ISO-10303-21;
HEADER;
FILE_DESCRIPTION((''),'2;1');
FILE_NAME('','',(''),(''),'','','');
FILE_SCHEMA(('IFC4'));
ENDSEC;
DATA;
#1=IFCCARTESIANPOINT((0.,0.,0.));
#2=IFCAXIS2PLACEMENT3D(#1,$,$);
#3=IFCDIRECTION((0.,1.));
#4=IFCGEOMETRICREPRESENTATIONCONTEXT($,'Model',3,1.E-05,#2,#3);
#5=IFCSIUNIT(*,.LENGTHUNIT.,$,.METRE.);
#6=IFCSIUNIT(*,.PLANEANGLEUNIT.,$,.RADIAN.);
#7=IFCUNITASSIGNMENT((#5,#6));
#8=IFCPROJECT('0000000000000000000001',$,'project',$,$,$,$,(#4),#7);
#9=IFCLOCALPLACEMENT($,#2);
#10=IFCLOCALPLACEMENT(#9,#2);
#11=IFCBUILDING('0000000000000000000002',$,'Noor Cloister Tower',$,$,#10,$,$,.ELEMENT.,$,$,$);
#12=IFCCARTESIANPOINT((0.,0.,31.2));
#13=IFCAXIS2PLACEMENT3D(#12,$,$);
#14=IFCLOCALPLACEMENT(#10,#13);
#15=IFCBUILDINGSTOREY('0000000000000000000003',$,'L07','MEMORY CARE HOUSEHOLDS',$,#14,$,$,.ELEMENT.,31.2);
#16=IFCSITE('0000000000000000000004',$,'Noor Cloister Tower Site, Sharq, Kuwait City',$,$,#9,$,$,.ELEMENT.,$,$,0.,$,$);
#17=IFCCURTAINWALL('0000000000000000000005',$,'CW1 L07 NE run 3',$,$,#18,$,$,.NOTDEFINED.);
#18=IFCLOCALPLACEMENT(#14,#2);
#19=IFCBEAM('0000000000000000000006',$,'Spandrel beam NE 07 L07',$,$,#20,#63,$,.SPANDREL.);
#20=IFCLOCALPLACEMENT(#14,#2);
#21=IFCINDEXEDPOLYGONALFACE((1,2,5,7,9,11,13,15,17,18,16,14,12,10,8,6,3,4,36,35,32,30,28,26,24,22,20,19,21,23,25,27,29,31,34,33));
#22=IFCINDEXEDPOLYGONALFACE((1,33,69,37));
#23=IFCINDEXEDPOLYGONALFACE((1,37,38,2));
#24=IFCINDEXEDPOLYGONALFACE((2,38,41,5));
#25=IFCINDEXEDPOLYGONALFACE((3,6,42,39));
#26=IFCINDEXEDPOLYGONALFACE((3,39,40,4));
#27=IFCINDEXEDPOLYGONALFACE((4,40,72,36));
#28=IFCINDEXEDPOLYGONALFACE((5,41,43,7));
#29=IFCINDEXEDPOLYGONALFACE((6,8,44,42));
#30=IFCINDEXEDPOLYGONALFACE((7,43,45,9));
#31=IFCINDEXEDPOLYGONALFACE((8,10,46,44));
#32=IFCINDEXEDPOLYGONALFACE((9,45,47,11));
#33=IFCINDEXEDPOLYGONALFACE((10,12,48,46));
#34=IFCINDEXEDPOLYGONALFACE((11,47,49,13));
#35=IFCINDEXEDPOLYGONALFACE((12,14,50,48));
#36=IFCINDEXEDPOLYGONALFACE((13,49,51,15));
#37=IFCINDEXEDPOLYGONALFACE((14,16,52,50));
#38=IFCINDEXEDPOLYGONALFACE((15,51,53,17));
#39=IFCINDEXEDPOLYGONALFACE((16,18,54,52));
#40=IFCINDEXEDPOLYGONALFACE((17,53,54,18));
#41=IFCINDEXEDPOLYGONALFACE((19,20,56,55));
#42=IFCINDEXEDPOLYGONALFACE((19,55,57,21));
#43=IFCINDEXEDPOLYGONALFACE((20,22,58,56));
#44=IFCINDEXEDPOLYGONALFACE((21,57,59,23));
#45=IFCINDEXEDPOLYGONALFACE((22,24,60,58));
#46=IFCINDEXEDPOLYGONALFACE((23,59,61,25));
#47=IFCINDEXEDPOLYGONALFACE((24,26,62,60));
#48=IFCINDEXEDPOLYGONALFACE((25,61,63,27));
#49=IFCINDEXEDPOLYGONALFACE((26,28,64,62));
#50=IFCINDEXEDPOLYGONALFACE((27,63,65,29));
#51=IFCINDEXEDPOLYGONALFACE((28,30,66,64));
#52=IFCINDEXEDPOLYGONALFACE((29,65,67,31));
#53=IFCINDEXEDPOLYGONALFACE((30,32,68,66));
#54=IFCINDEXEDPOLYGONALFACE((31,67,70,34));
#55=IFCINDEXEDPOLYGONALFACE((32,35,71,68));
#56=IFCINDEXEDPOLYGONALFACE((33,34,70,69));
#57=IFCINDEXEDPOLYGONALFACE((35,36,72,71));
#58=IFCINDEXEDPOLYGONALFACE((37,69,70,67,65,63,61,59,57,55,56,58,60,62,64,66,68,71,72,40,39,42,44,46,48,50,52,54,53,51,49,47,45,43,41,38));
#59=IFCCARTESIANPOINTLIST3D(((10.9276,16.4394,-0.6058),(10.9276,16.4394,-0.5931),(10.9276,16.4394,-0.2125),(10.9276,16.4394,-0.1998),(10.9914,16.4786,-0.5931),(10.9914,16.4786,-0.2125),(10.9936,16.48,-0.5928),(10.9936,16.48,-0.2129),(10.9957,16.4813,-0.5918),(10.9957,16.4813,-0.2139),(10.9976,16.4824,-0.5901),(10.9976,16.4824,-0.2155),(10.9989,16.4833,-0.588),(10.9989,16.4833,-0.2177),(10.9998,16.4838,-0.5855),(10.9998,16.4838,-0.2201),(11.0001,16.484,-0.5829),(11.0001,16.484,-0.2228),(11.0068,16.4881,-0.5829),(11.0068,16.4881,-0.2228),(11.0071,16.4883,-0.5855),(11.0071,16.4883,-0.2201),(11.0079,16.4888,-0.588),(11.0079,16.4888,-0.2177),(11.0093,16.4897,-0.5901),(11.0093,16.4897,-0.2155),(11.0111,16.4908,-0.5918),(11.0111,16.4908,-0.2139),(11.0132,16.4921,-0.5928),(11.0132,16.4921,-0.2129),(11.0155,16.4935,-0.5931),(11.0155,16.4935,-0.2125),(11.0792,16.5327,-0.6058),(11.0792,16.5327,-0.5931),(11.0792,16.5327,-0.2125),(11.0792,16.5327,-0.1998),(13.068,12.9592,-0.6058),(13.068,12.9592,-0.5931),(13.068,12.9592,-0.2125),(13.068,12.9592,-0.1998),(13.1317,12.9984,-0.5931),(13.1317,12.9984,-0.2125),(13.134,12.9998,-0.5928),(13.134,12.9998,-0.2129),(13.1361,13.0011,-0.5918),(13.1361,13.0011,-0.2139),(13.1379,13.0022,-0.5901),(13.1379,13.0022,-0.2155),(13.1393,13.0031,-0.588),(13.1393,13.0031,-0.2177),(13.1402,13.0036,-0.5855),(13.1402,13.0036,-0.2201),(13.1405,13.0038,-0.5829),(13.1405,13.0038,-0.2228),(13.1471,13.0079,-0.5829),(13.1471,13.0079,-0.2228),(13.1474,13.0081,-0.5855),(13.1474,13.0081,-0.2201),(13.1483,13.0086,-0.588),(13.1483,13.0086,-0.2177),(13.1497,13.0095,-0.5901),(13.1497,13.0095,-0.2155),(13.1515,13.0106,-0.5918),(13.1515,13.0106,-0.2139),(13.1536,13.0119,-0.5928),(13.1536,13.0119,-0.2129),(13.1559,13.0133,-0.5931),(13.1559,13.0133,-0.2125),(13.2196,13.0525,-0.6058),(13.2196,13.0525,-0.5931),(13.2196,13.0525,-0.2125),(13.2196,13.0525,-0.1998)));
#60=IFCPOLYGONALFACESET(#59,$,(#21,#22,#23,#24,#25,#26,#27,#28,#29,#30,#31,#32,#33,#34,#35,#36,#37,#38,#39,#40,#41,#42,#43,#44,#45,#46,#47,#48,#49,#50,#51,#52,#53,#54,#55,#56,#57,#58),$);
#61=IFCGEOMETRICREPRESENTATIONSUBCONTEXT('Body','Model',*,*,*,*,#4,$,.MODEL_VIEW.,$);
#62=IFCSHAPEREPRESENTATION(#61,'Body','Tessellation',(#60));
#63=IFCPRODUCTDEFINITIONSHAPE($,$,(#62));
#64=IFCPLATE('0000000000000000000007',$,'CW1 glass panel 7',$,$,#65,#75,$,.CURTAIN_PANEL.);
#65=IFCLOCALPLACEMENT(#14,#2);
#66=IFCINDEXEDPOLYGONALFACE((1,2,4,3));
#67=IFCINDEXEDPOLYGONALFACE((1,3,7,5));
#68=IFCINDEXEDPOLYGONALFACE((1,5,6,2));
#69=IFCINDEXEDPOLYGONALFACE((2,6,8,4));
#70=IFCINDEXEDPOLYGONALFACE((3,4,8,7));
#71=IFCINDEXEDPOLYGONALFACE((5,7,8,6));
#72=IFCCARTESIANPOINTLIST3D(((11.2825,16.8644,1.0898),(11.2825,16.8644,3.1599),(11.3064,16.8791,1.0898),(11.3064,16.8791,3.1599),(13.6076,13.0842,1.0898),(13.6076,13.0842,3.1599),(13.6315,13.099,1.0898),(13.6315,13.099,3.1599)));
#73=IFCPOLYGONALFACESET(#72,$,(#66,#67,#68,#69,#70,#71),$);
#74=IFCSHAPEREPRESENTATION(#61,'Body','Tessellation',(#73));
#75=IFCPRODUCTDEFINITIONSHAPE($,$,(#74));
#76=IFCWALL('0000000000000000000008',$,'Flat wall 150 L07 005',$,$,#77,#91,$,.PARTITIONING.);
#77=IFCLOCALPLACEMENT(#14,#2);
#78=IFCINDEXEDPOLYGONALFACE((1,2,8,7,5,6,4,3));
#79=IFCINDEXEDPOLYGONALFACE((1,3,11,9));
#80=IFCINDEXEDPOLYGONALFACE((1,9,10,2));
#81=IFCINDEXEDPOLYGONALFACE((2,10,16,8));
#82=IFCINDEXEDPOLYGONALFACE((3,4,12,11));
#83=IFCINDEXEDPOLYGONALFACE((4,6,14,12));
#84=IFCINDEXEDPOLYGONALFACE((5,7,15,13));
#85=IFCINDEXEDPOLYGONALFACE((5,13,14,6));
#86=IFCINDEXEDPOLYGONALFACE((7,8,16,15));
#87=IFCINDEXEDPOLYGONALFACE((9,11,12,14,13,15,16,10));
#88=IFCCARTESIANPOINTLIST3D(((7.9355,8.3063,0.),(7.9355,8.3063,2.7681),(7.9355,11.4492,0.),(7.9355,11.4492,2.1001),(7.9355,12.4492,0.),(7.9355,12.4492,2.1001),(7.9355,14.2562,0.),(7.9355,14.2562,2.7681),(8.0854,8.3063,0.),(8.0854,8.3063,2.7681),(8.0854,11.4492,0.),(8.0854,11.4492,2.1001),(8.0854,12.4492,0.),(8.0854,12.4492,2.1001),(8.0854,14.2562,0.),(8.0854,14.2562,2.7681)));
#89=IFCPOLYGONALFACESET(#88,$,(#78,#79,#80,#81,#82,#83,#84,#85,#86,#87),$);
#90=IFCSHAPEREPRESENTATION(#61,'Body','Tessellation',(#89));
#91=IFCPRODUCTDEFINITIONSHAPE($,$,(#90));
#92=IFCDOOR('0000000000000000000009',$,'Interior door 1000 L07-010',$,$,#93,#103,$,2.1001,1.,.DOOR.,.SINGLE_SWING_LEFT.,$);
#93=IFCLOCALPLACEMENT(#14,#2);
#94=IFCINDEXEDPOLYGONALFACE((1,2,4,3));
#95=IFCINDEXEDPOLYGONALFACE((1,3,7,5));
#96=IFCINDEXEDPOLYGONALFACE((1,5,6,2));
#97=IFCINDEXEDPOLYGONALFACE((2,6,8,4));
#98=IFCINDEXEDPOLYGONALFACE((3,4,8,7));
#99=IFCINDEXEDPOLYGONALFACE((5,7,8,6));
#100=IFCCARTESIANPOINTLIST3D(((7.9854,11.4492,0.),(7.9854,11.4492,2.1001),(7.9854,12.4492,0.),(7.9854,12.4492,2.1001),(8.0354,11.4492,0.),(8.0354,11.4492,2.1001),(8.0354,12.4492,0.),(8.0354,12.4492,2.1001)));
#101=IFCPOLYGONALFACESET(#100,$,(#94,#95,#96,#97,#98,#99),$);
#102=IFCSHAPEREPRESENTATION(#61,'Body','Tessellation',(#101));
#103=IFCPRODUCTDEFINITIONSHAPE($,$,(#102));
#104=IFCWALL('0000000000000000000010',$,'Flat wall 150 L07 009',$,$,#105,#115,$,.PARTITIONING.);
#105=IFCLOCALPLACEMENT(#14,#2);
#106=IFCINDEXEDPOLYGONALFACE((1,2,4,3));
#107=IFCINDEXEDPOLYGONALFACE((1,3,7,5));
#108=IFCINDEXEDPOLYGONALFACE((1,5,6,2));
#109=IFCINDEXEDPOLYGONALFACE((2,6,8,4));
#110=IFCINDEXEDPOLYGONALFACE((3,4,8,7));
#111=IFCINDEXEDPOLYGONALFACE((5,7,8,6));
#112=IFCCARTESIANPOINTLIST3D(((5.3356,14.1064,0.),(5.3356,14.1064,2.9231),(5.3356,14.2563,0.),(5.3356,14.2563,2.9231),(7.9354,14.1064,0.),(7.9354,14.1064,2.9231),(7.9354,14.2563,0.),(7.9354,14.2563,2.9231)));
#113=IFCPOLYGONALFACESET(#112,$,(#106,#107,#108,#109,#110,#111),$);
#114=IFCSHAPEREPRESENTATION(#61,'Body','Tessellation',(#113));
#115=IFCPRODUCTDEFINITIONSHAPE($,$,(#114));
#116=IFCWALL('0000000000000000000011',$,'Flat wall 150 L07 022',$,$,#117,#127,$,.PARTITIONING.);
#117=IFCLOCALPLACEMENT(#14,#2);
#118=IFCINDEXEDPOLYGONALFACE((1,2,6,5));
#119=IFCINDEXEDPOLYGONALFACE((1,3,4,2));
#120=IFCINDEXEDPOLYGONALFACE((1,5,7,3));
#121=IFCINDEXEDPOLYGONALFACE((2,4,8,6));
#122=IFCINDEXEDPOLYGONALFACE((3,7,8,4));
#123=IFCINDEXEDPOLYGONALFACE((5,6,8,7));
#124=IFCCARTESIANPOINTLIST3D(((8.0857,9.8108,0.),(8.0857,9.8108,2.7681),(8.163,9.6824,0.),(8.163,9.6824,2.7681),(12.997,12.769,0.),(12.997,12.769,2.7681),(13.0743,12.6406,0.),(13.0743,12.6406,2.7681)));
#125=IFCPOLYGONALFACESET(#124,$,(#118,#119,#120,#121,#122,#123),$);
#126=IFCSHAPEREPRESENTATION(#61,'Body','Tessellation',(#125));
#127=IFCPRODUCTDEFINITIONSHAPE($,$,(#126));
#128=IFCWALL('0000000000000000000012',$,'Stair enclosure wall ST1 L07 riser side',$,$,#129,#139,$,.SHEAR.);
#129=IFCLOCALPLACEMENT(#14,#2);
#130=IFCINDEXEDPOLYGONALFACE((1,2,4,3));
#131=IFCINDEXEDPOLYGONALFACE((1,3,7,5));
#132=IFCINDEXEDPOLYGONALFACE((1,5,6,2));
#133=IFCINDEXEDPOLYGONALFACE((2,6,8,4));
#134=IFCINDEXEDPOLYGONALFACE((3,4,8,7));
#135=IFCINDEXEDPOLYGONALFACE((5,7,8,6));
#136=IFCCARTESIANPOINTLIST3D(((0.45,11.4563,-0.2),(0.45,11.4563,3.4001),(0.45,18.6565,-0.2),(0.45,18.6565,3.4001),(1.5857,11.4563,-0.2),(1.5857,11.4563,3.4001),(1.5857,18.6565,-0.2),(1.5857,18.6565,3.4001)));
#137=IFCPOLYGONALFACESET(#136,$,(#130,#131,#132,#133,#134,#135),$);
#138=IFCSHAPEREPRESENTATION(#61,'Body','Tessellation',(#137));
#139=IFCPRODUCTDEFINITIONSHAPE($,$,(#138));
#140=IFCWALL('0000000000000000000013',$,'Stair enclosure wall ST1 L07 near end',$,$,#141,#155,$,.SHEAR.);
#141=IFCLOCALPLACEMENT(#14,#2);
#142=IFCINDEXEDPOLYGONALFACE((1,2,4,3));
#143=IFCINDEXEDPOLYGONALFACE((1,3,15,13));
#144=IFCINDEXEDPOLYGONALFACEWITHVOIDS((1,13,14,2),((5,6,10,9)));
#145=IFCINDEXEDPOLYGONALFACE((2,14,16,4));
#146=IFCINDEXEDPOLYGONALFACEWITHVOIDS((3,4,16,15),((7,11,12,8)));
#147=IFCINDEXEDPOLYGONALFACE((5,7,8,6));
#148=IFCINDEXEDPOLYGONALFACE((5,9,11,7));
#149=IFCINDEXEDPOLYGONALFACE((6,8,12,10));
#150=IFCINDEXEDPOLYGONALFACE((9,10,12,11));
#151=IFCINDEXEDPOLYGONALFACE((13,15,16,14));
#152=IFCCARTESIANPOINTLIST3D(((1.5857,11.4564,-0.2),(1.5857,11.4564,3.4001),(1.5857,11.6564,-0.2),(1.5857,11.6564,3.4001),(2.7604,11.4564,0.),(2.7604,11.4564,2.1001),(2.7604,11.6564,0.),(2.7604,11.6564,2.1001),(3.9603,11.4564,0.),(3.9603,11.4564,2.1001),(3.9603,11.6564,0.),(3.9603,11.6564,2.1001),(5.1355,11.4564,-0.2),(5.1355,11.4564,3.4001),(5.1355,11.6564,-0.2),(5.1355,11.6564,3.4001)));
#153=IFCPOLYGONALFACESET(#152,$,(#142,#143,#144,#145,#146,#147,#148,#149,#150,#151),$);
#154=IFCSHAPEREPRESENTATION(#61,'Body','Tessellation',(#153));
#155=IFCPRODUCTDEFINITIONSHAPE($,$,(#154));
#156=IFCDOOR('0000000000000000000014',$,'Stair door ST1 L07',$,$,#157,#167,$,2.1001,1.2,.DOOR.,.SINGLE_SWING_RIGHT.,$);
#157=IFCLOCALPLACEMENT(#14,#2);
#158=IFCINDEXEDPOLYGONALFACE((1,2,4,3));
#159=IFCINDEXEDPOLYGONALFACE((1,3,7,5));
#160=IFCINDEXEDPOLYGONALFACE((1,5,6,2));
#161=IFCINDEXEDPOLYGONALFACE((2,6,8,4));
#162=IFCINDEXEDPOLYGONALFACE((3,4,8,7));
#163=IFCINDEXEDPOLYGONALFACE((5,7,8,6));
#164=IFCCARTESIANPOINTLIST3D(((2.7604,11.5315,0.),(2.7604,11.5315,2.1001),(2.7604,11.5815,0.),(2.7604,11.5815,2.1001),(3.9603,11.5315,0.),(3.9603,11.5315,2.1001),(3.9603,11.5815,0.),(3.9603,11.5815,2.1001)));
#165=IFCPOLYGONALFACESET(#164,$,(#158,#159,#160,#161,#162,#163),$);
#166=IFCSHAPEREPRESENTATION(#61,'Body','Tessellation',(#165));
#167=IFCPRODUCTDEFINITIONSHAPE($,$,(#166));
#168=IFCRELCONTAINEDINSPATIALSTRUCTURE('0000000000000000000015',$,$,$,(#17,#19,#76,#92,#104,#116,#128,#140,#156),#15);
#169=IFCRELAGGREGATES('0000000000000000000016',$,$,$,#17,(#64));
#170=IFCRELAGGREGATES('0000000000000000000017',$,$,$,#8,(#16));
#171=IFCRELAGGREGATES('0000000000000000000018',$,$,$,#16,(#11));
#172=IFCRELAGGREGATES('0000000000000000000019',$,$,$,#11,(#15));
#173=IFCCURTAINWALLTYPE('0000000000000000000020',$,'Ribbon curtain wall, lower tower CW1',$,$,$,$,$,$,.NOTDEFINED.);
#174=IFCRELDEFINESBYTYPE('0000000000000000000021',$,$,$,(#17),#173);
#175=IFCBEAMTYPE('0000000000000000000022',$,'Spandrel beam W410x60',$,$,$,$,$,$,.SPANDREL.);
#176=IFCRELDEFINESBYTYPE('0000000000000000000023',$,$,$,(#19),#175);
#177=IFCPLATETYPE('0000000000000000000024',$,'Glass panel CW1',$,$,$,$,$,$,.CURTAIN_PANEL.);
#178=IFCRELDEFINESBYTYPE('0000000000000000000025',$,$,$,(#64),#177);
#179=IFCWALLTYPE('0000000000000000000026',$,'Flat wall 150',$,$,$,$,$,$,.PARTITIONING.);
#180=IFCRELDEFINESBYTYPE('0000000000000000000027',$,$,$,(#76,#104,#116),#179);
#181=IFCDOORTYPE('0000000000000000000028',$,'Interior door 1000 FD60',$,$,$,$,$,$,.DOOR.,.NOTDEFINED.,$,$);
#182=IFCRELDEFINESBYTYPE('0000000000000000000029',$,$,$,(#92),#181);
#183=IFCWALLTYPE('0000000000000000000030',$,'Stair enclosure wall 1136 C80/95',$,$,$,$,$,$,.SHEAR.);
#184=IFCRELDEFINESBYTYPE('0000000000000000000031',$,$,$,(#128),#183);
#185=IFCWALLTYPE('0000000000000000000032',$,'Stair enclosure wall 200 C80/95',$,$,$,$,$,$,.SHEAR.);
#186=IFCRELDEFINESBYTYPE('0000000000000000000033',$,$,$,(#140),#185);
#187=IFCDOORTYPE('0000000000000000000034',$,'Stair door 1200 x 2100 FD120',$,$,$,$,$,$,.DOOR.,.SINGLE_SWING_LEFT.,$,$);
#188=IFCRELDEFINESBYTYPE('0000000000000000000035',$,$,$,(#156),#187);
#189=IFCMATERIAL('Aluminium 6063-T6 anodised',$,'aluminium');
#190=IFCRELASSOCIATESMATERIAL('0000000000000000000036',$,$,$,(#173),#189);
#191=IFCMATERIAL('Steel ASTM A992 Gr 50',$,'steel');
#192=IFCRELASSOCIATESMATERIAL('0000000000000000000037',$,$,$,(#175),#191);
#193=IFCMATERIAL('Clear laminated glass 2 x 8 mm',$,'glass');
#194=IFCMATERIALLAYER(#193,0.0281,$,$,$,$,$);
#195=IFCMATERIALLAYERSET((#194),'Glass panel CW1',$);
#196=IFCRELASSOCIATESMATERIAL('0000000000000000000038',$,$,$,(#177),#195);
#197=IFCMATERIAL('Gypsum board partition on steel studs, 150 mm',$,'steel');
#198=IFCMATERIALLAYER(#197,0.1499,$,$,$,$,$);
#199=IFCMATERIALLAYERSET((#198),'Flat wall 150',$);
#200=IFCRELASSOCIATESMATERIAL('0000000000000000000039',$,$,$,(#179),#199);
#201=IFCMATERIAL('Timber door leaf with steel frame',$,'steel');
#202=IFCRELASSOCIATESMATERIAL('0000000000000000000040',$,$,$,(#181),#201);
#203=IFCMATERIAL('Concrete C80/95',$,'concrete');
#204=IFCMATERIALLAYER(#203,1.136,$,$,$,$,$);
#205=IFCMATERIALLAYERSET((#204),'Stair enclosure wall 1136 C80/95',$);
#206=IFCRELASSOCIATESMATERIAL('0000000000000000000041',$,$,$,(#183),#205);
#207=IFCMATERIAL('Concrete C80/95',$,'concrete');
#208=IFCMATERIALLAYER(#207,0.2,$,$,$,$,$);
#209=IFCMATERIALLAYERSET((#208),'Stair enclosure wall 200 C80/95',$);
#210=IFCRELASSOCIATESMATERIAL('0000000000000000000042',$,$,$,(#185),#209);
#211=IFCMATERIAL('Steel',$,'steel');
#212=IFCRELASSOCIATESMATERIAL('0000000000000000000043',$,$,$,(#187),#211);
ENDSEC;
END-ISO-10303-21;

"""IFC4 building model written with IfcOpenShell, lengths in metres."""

from ifc_helpers import new_model, si_unit, direction, frame, frame_2d, origin, origin_2d, place, context, subcontext, project, spatial, rectangle, i_section, extrude, material, layer, layer_set, material_profile, profile_set, type_object, element, fill, aggregate, save


model = new_model("IFC4")

# Units and contexts
model_context = context("Model", 3, precision=1e-05, world=origin(), true_north=direction((0.0, 1.0)))
body_context = subcontext(model_context, "Body", "Model", "MODEL_VIEW")
ifc_project = project(units=[si_unit("LENGTHUNIT", "METRE"), si_unit("PLANEANGLEUNIT", "RADIAN")], contexts=[model_context])

# Site, building, storey
site_placement = place(None, origin())
site = spatial("IfcSite", under=ifc_project, at=site_placement, Name="Noor Cloister Tower Site, Sharq, Kuwait City", CompositionType="ELEMENT", RefElevation=0.0)
building_placement = place(site_placement, origin())
building = spatial("IfcBuilding", under=site, at=building_placement, Name="Noor Cloister Tower", CompositionType="ELEMENT")
storey_placement = place(building_placement, frame((0.0, 0.0, 31.2)))
storey = spatial("IfcBuildingStorey", under=building, at=storey_placement, Name="L07", Description="MEMORY CARE HOUSEHOLDS", CompositionType="ELEMENT", Elevation=31.2)

# Curtain wall
ifc_material_1 = material(Name="Aluminium 6063-T6 anodised", Category="aluminium")
curtain_wall_type = type_object("IfcCurtainWallType", Name="Ribbon curtain wall, lower tower CW1", PredefinedType="NOTDEFINED", material=ifc_material_1)
curtain_wall_placement = place(storey_placement, origin())
curtain_wall = element("IfcCurtainWall", 1, at=curtain_wall_placement, inside=storey, type_object=curtain_wall_type, Name="CW1 L07 NE run 3", PredefinedType="NOTDEFINED")

# Beam
ifc_material_2 = material(Name="Steel ASTM A992 Gr 50", Category="steel")
ifc_material_profile_1 = material_profile(ifc_material_2, i_section(OverallWidth=0.178, OverallDepth=0.406, WebThickness=0.0078, FlangeThickness=0.0127, FilletRadius=0.0103, at=origin_2d()), Name="W410x60")
ifc_profile_set_1 = profile_set([ifc_material_profile_1], Name="Steel ASTM A992 Gr 50")
beam_type_1 = type_object("IfcBeamType", Name="Spandrel beam W410x60", PredefinedType="SPANDREL", material=ifc_profile_set_1)
beam_1_placement = place(storey_placement, frame((13.1438, 13.0059, -0.4028), z_axis=(-0.523867, 0.8518, 0.0), x_axis=(-0.8518, -0.523867, 0.0)))
element("IfcBeam", 2, at=beam_1_placement, inside=storey, type_object=beam_type_1, Name="Spandrel beam NE 07 L07", PredefinedType="SPANDREL", context=body_context, shape_type="SweptSolid", body=[
    extrude(i_section(OverallWidth=0.178, OverallDepth=0.406, WebThickness=0.0078, FlangeThickness=0.0127, FilletRadius=0.0103, at=origin_2d()), origin(), (0.0, 0.0, 1.0), 4.0857),
])

# Plate
ifc_material_3 = material(Name="Clear laminated glass 2 x 8 mm", Category="glass")
ifc_layer_1 = layer(ifc_material_3, 0.0281)
ifc_layer_set_1 = layer_set([ifc_layer_1], Name="Glass panel CW1")
plate_type = type_object("IfcPlateType", Name="Glass panel CW1", PredefinedType="CURTAIN_PANEL", material=ifc_layer_set_1)
plate_placement = place(storey_placement, frame((12.457, 14.9817, 1.0898), z_axis=(0.0, 0.0, 1.0), x_axis=(-0.523905, 0.851776, 0.0)))
plate = element("IfcPlate", 3, at=plate_placement, type_object=plate_type, Name="CW1 glass panel 7", PredefinedType="CURTAIN_PANEL", context=body_context, shape_type="SweptSolid", body=[
    extrude(rectangle(XDim=4.438, YDim=0.0281, at=origin_2d()), origin(), (0.0, 0.0, 1.0), 2.0701),
])
aggregate(curtain_wall, [plate])

# Wall, opening, door
ifc_material_4 = material(Name="Gypsum board partition on steel studs, 150 mm", Category="steel")
ifc_layer_2 = layer(ifc_material_4, 0.1499)
ifc_layer_set_2 = layer_set([ifc_layer_2], Name="Flat wall 150")
wall_type_1 = type_object("IfcWallType", Name="Flat wall 150", PredefinedType="PARTITIONING", material=ifc_layer_set_2)
wall_1_placement = place(storey_placement, frame((8.0105, 14.2563, 0.0), z_axis=(0.0, 0.0, 1.0), x_axis=(0.0, -1.0, 0.0)))
wall_1 = element("IfcWall", 4, at=wall_1_placement, inside=storey, type_object=wall_type_1, Name="Flat wall 150 L07 005", PredefinedType="PARTITIONING", context=body_context, shape_type="SweptSolid", body=[
    extrude(rectangle(XDim=5.95, YDim=0.1499, at=frame_2d((2.9751, 0.0))), origin(), (0.0, 0.0, 1.0), 2.7681),
])
opening_1_placement = place(wall_1_placement, frame((1.8071, 0.0, 0.0)))
opening_1 = element("IfcOpeningElement", 5, at=opening_1_placement, cuts=wall_1, PredefinedType="OPENING", context=body_context, shape_type="SweptSolid", body=[
    extrude(rectangle(XDim=1.0, YDim=2.1001, at=frame_2d((0.5, 1.05))), frame((0.0, 0.085, 0.0), z_axis=(0.0, -1.0, 0.0), x_axis=(1.0, 0.0, 0.0)), (0.0, 0.0, 1.0), 0.1699),
])
ifc_material_5 = material(Name="Timber door leaf with steel frame", Category="steel")
door_type_1 = type_object("IfcDoorType", Name="Interior door 1000 FD60", OperationType="NOTDEFINED", PredefinedType="DOOR", material=ifc_material_5)
door_1_placement = place(opening_1_placement, origin())
door_1 = element("IfcDoor", 6, at=door_1_placement, inside=storey, type_object=door_type_1, Name="Interior door 1000 L07-010", OperationType="SINGLE_SWING_LEFT", OverallHeight=2.1001, OverallWidth=1.0, PredefinedType="DOOR", context=body_context, shape_type="SweptSolid", body=[
    extrude(rectangle(XDim=1.0, YDim=2.1001, at=frame_2d((0.5, 1.05))), frame((0.0, 0.0249, 0.0), z_axis=(0.0, -1.0, 0.0), x_axis=(1.0, 0.0, 0.0)), (0.0, 0.0, 1.0), 0.05),
])
fill(opening_1, door_1)

# Walls
wall_2_placement = place(storey_placement, frame((5.3357, 14.1814, 0.0), z_axis=(0.0, 0.0, 1.0), x_axis=(1.0, 0.0, 0.0)))
element("IfcWall", 7, at=wall_2_placement, inside=storey, type_object=wall_type_1, Name="Flat wall 150 L07 009", PredefinedType="PARTITIONING", context=body_context, shape_type="SweptSolid", body=[
    extrude(rectangle(XDim=2.5999, YDim=0.1499, at=frame_2d((1.2998, 0.0))), origin(), (0.0, 0.0, 1.0), 2.9231),
])
wall_3_placement = place(storey_placement, frame((13.0356, 12.7048, 0.0), z_axis=(0.0, 0.0, 1.0), x_axis=(-0.856612, -0.51596, 0.0)))
element("IfcWall", 8, at=wall_3_placement, inside=storey, type_object=wall_type_1, Name="Flat wall 150 L07 022", PredefinedType="PARTITIONING", context=body_context, shape_type="SweptSolid", body=[
    extrude(rectangle(XDim=5.7334, YDim=0.1499, at=frame_2d((2.8667, 0.0))), origin(), (0.0, 0.0, 1.0), 2.7681),
])
ifc_material_6 = material(Name="Concrete C80/95", Category="concrete")
ifc_layer_3 = layer(ifc_material_6, 1.136)
ifc_layer_set_3 = layer_set([ifc_layer_3], Name="Stair enclosure wall 1136 C80/95")
wall_type_2 = type_object("IfcWallType", Name="Stair enclosure wall 1136 C80/95", PredefinedType="SHEAR", material=ifc_layer_set_3)
wall_4_placement = place(storey_placement, frame((1.0178, 11.4563, -0.2), z_axis=(0.0, 0.0, 1.0), x_axis=(0.0, 1.0, 0.0)))
element("IfcWall", 9, at=wall_4_placement, inside=storey, type_object=wall_type_2, Name="Stair enclosure wall ST1 L07 riser side", PredefinedType="SHEAR", context=body_context, shape_type="SweptSolid", body=[
    extrude(rectangle(XDim=7.2002, YDim=1.1357, at=frame_2d((3.6001, 0.0))), origin(), (0.0, 0.0, 1.0), 3.6001),
])

# Wall, opening, door
ifc_material_7 = material(Name="Concrete C80/95", Category="concrete")
ifc_layer_4 = layer(ifc_material_7, 0.2)
ifc_layer_set_4 = layer_set([ifc_layer_4], Name="Stair enclosure wall 200 C80/95")
wall_type_3 = type_object("IfcWallType", Name="Stair enclosure wall 200 C80/95", PredefinedType="SHEAR", material=ifc_layer_set_4)
wall_5_placement = place(storey_placement, frame((5.1355, 11.5564, -0.2), z_axis=(0.0, 0.0, 1.0), x_axis=(-1.0, 0.0, 0.0)))
wall_5 = element("IfcWall", 10, at=wall_5_placement, inside=storey, type_object=wall_type_3, Name="Stair enclosure wall ST1 L07 near end", PredefinedType="SHEAR", context=body_context, shape_type="SweptSolid", body=[
    extrude(rectangle(XDim=3.5498, YDim=0.2, at=frame_2d((1.7749, 0.0))), origin(), (0.0, 0.0, 1.0), 3.6001),
])
opening_2_placement = place(wall_5_placement, frame((1.175, 0.0, 0.2)))
opening_2 = element("IfcOpeningElement", 11, at=opening_2_placement, cuts=wall_5, PredefinedType="OPENING", context=body_context, shape_type="SweptSolid", body=[
    extrude(rectangle(XDim=1.2, YDim=2.1001, at=frame_2d((0.6001, 1.05))), frame((0.0, 0.1099, 0.0), z_axis=(0.0, -1.0, 0.0), x_axis=(1.0, 0.0, 0.0)), (0.0, 0.0, 1.0), 0.22),
])
ifc_material_8 = material(Name="Steel", Category="steel")
door_type_2 = type_object("IfcDoorType", Name="Stair door 1200 x 2100 FD120", OperationType="SINGLE_SWING_LEFT", PredefinedType="DOOR", material=ifc_material_8)
door_2_placement = place(opening_2_placement, origin())
door_2 = element("IfcDoor", 12, at=door_2_placement, inside=storey, type_object=door_type_2, Name="Stair door ST1 L07", OperationType="SINGLE_SWING_RIGHT", OverallHeight=2.1001, OverallWidth=1.2, PredefinedType="DOOR", context=body_context, shape_type="SweptSolid", body=[
    extrude(rectangle(XDim=1.2, YDim=2.1001, at=frame_2d((0.6001, 1.05))), frame((0.0, 0.0249, 0.0), z_axis=(0.0, -1.0, 0.0), x_axis=(1.0, 0.0, 0.0)), (0.0, 0.0, 1.0), 0.05),
])
fill(opening_2, door_2)

save(model, "model.ifc")
